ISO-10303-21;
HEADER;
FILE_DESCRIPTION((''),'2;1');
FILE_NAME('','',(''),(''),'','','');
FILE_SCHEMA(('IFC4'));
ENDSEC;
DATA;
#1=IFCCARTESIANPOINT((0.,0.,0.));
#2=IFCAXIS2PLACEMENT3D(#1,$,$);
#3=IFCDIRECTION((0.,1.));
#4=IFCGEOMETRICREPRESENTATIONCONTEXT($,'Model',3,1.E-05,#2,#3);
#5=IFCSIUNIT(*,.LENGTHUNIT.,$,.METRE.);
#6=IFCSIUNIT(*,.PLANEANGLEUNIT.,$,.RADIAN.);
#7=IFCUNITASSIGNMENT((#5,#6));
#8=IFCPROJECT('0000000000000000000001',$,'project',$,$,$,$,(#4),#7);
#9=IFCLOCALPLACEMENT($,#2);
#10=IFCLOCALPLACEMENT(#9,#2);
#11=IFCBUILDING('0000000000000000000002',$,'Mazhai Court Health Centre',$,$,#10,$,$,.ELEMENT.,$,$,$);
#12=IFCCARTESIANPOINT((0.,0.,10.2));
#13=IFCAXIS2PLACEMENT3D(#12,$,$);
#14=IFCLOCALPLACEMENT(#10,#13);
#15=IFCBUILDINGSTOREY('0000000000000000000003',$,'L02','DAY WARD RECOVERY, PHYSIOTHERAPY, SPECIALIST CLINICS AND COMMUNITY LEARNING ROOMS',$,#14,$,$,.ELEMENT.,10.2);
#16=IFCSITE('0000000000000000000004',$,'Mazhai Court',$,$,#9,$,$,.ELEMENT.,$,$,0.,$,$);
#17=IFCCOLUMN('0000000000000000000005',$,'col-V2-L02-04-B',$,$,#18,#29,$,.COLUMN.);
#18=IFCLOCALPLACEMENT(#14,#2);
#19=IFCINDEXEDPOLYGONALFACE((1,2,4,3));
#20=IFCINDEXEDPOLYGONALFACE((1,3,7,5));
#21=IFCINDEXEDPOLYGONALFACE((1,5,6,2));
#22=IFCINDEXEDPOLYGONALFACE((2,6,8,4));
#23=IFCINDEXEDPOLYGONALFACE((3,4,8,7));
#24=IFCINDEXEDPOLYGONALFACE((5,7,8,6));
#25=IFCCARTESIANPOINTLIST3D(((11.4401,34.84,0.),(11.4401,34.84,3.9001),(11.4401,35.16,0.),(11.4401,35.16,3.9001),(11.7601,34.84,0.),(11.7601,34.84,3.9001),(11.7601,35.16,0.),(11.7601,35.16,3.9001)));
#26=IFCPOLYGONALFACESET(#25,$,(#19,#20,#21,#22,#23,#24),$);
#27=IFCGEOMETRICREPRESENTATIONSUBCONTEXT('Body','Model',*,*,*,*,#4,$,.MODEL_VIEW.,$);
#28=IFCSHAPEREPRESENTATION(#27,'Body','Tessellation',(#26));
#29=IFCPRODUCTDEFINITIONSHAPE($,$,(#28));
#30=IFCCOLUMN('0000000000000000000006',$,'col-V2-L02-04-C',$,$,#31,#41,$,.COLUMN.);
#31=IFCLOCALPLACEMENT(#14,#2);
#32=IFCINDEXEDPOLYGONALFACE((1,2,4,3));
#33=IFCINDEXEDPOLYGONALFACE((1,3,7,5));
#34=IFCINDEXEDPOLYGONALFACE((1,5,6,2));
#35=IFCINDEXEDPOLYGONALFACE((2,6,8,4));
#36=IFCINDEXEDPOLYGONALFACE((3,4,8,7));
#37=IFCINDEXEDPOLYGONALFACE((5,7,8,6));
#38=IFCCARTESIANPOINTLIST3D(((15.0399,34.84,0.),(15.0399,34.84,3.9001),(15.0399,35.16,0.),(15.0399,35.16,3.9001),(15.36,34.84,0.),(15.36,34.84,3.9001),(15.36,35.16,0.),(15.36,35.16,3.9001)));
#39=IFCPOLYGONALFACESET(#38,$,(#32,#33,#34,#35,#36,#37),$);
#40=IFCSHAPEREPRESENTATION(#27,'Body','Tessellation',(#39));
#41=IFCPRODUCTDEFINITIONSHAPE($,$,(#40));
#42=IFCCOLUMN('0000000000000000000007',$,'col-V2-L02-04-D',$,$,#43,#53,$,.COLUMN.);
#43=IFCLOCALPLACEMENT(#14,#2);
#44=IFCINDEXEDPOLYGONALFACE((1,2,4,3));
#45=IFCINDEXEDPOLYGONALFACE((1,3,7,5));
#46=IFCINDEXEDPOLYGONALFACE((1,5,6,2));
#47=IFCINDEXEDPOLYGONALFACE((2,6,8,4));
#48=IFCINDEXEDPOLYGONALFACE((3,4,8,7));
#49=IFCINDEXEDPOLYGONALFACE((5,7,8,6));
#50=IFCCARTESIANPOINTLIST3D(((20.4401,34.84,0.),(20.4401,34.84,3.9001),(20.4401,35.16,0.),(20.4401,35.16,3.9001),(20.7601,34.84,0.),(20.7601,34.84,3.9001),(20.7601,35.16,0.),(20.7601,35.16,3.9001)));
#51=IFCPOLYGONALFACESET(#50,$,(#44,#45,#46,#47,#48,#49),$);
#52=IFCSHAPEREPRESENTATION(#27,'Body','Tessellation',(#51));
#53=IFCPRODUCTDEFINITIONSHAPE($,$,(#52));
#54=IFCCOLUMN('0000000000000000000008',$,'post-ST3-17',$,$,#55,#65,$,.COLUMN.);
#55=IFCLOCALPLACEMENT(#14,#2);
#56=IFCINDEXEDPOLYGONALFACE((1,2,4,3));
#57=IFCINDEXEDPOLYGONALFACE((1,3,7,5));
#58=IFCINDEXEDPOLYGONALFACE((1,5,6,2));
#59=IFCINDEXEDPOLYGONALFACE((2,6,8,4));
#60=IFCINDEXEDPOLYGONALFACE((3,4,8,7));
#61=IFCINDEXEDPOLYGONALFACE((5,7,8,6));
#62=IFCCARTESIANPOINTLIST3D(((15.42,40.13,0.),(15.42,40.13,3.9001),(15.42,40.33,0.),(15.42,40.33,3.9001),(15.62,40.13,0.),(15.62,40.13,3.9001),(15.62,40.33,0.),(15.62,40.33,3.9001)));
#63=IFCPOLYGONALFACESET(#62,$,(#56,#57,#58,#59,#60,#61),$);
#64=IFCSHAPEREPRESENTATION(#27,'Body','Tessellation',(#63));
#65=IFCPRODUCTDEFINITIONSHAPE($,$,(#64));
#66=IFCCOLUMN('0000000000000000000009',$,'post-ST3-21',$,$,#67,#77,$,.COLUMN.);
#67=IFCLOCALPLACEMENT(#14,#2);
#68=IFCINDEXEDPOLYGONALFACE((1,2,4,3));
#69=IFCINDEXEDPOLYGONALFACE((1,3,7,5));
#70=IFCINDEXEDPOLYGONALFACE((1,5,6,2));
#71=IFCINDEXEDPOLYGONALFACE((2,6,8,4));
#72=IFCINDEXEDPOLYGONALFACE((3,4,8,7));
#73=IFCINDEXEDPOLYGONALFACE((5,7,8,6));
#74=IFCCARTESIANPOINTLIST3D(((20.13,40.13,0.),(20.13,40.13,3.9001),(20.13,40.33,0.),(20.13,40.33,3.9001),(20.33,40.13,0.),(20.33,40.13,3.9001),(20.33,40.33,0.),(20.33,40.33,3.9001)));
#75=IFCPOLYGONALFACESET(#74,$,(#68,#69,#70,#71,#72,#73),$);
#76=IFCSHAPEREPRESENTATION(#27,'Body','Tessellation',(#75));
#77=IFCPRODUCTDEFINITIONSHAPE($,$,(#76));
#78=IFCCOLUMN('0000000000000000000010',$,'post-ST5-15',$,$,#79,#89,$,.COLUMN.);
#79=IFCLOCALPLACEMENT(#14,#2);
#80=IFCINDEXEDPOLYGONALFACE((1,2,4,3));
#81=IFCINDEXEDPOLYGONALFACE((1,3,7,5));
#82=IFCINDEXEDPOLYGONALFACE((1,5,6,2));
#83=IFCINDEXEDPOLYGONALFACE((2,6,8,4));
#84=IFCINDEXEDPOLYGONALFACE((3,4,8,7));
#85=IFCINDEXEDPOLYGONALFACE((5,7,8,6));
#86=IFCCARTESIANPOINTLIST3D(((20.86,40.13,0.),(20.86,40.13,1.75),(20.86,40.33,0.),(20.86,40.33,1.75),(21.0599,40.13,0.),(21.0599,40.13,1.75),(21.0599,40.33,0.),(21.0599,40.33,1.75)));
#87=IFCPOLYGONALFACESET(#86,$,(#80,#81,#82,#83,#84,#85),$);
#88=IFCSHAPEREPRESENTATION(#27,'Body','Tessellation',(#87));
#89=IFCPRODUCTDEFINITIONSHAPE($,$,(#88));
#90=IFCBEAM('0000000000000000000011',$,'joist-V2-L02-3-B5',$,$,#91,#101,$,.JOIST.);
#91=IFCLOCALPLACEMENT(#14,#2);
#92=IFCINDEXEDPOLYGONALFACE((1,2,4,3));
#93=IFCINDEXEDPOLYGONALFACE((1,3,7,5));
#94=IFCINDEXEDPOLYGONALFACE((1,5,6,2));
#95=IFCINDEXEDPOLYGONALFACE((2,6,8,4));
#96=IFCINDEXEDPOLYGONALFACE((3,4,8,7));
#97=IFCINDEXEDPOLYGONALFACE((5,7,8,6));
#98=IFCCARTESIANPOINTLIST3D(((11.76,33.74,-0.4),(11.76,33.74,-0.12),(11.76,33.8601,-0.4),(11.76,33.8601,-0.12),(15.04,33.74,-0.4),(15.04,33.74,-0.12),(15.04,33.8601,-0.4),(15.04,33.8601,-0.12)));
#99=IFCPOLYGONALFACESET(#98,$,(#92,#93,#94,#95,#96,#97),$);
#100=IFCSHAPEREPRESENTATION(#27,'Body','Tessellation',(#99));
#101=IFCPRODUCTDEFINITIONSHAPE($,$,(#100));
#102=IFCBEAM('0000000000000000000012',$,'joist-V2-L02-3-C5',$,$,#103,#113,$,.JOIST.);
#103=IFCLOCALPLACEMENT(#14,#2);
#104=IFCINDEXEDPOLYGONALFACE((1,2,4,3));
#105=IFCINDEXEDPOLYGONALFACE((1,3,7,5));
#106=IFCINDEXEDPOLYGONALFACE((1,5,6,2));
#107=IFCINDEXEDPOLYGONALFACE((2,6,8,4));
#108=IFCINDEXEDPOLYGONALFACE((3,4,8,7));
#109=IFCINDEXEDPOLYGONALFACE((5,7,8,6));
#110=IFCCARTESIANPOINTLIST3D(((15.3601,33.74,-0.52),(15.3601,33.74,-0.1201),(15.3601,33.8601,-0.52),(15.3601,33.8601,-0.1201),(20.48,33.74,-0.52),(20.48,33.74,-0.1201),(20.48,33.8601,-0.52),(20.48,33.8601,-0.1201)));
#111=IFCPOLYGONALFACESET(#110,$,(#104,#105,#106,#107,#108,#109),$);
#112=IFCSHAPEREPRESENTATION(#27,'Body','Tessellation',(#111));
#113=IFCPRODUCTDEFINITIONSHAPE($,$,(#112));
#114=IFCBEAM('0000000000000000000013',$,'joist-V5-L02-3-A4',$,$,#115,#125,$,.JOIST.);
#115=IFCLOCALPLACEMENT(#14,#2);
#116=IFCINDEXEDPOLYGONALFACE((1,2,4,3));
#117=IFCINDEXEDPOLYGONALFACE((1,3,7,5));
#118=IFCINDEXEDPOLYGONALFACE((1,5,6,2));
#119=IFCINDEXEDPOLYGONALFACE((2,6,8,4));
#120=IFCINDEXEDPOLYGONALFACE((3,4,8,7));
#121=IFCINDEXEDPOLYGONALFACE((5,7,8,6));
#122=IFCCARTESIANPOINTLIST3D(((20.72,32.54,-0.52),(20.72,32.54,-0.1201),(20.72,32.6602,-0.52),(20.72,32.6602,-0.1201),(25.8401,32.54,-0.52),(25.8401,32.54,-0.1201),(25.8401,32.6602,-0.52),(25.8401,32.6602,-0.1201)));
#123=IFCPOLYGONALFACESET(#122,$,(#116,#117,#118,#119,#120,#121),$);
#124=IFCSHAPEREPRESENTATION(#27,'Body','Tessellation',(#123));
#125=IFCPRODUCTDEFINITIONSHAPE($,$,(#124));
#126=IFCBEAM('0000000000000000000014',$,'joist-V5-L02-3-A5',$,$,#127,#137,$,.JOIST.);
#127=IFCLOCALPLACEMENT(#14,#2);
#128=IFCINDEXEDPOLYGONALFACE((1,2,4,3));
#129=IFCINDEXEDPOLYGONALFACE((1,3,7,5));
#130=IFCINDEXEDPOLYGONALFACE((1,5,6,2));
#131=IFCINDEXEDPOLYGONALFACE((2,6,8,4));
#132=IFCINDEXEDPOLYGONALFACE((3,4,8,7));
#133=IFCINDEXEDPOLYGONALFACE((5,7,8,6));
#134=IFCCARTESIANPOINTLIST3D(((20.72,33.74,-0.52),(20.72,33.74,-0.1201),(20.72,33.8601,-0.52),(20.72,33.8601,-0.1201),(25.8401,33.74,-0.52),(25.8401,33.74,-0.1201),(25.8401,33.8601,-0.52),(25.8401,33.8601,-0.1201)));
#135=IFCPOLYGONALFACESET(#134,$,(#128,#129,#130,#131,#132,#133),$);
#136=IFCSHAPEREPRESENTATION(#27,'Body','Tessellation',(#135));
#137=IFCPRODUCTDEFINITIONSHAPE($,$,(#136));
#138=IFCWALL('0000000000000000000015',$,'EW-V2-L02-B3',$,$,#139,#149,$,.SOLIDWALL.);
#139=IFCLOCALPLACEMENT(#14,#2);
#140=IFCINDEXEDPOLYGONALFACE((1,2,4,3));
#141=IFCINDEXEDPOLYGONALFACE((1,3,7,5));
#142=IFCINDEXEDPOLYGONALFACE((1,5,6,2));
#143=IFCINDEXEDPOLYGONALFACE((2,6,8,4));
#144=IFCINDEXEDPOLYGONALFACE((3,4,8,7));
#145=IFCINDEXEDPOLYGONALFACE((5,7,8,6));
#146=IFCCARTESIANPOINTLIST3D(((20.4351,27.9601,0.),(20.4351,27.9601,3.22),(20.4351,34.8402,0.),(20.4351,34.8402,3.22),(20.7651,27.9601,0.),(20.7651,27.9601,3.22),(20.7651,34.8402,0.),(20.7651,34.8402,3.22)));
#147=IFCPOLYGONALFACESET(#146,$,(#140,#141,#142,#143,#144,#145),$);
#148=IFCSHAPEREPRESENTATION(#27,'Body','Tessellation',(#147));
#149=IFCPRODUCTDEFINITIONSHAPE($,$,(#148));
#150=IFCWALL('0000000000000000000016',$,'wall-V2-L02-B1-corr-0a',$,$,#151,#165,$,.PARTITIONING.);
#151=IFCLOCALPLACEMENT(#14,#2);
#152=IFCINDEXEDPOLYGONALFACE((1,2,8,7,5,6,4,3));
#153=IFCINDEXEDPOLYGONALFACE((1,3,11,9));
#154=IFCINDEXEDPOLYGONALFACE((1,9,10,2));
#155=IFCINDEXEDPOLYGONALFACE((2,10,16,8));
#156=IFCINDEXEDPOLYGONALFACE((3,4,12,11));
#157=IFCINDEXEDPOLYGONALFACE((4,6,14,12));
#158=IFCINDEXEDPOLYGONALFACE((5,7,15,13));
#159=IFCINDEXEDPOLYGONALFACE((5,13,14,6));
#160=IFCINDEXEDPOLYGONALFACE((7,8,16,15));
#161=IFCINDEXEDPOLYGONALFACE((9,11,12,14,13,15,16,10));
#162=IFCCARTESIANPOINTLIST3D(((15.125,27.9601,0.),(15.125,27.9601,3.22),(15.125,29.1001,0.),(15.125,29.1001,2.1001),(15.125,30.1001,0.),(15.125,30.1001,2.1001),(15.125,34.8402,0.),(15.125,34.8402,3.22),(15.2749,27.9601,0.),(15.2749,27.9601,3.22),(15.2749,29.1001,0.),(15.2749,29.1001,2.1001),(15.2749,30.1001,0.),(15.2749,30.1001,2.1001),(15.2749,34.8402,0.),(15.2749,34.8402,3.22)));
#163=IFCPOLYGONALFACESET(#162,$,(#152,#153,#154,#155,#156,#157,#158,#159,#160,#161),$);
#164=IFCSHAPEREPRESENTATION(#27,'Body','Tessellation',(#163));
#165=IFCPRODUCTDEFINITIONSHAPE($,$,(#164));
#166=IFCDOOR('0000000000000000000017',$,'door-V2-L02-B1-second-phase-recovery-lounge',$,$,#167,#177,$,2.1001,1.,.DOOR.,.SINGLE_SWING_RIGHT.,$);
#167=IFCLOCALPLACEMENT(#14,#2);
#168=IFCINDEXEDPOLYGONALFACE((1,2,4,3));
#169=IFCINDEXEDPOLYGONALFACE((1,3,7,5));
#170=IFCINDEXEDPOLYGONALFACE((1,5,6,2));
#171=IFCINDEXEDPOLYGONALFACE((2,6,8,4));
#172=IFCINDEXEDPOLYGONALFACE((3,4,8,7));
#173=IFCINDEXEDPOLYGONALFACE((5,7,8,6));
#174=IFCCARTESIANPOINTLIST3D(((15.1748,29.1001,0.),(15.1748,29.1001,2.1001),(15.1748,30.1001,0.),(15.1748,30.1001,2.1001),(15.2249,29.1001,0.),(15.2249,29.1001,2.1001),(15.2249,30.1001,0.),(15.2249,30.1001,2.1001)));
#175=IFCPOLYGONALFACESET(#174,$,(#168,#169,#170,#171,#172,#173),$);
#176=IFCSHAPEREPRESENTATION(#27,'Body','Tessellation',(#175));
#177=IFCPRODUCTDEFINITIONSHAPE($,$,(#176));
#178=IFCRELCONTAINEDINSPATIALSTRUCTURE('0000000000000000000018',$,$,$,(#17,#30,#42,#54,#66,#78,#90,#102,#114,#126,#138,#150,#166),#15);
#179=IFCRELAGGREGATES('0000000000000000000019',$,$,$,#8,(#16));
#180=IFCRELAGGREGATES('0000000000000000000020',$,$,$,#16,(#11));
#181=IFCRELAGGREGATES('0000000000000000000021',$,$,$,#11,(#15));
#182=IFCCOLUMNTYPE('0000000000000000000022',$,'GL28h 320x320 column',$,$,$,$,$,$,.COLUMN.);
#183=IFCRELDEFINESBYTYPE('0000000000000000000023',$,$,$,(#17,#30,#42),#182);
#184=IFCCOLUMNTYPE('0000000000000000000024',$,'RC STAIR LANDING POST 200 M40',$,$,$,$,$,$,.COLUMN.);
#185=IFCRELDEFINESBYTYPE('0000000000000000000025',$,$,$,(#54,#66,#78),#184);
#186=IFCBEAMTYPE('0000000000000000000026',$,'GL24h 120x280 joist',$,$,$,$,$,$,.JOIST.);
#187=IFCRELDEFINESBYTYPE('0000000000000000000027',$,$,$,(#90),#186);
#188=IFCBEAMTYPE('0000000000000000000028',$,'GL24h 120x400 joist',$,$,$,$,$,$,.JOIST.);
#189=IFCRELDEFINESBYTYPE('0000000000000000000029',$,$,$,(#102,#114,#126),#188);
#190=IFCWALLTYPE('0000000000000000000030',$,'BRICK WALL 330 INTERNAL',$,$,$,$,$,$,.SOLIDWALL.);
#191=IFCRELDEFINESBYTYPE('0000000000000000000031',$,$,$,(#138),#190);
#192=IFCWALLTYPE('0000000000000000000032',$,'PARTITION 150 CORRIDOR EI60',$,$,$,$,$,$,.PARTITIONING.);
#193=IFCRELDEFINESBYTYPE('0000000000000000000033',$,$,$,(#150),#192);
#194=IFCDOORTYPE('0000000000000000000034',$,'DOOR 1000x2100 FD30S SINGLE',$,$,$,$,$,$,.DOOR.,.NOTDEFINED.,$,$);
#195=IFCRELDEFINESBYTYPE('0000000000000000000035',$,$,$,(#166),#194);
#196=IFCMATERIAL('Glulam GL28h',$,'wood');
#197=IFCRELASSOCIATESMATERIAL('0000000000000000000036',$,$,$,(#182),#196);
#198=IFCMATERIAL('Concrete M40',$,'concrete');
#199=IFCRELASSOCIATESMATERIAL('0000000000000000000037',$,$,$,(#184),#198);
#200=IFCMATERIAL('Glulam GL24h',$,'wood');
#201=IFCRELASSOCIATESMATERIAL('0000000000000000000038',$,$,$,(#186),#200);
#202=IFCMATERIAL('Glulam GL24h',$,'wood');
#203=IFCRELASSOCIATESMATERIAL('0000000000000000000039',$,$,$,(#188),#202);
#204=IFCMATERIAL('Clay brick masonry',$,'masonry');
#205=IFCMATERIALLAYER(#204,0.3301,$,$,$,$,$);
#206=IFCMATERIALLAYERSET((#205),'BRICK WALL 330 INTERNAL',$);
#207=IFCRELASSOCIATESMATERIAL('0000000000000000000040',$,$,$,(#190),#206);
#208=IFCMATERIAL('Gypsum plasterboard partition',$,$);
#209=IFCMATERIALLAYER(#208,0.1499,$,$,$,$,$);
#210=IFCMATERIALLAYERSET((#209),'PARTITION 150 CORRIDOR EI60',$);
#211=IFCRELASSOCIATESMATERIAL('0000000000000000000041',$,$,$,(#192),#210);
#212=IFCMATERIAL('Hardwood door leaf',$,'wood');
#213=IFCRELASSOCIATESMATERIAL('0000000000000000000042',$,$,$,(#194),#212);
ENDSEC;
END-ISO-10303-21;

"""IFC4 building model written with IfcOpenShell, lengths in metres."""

from ifc_helpers import new_model, si_unit, direction, frame, frame_2d, origin, origin_2d, place, context, subcontext, project, spatial, rectangle, extrude, material, layer, layer_set, material_profile, profile_set, type_object, element, fill, save


model = new_model("IFC4")

# Units and contexts
model_context = context("Model", 3, precision=1e-05, world=origin(), true_north=direction((0.0, 1.0)))
body_context = subcontext(model_context, "Body", "Model", "MODEL_VIEW")
ifc_project = project(units=[si_unit("LENGTHUNIT", "METRE"), si_unit("PLANEANGLEUNIT", "RADIAN")], contexts=[model_context])

# Site, building, storey
site_placement = place(None, origin())
site = spatial("IfcSite", under=ifc_project, at=site_placement, Name="Mazhai Court", CompositionType="ELEMENT", RefElevation=0.0)
building_placement = place(site_placement, origin())
building = spatial("IfcBuilding", under=site, at=building_placement, Name="Mazhai Court Health Centre", CompositionType="ELEMENT")
storey_placement = place(building_placement, frame((0.0, 0.0, 10.2)))
storey = spatial("IfcBuildingStorey", under=building, at=storey_placement, Name="L02", Description="DAY WARD RECOVERY, PHYSIOTHERAPY, SPECIALIST CLINICS AND COMMUNITY LEARNING ROOMS", CompositionType="ELEMENT", Elevation=10.2)

# Columns
ifc_material_1 = material(Name="Glulam GL28h", Category="wood")
ifc_material_profile_1 = material_profile(ifc_material_1, rectangle(XDim=0.3201, YDim=0.3201, at=origin_2d()), Name="GL28h 320x320")
ifc_profile_set_1 = profile_set([ifc_material_profile_1], Name="Glulam GL28h")
column_type_1 = type_object("IfcColumnType", Name="GL28h 320x320 column", PredefinedType="COLUMN", material=ifc_profile_set_1)
for number, where, z_axis, x_axis, name in (
    (1, (11.6001, 35.0, 0.0), (0.0, 0.0, 1.0), (1.0, 0.0, 0.0), "col-V2-L02-04-B"),
    (2, (15.2, 35.0, 0.0), (0.0, 0.0, 1.0), (1.0, 0.0, 0.0), "col-V2-L02-04-C"),
    (3, (20.6001, 35.0, 0.0), (0.0, 0.0, 1.0), (1.0, 0.0, 0.0), "col-V2-L02-04-D"),
):
    element("IfcColumn", number, at=place(storey_placement, frame(where, z_axis=z_axis, x_axis=x_axis)), inside=storey, type_object=column_type_1, Name=name, PredefinedType="COLUMN", context=body_context, shape_type="SweptSolid", body=[
        extrude(rectangle(XDim=0.3201, YDim=0.3201, at=origin_2d()), origin(), (0.0, 0.0, 1.0), 3.9001),
    ])
ifc_material_2 = material(Name="Concrete M40", Category="concrete")
ifc_material_profile_2 = material_profile(ifc_material_2, rectangle(XDim=0.2, YDim=0.2, at=origin_2d()), Name="RC 200x200")
ifc_profile_set_2 = profile_set([ifc_material_profile_2], Name="Concrete M40")
column_type_2 = type_object("IfcColumnType", Name="RC STAIR LANDING POST 200 M40", PredefinedType="COLUMN", material=ifc_profile_set_2)
for number, where, z_axis, x_axis, name in (
    (4, (15.52, 40.23, 0.0), (0.0, 0.0, 1.0), (1.0, 0.0, 0.0), "post-ST3-17"),
    (5, (20.23, 40.23, 0.0), (0.0, 0.0, 1.0), (1.0, 0.0, 0.0), "post-ST3-21"),
):
    element("IfcColumn", number, at=place(storey_placement, frame(where, z_axis=z_axis, x_axis=x_axis)), inside=storey, type_object=column_type_2, Name=name, PredefinedType="COLUMN", context=body_context, shape_type="SweptSolid", body=[
        extrude(rectangle(XDim=0.2, YDim=0.2, at=origin_2d()), origin(), (0.0, 0.0, 1.0), 3.9001),
    ])
column_placement = place(storey_placement, frame((20.96, 40.23, 0.0), z_axis=(0.0, 0.0, 1.0), x_axis=(1.0, 0.0, 0.0)))
element("IfcColumn", 6, at=column_placement, inside=storey, type_object=column_type_2, Name="post-ST5-15", PredefinedType="COLUMN", context=body_context, shape_type="SweptSolid", body=[
    extrude(rectangle(XDim=0.2, YDim=0.2, at=origin_2d()), origin(), (0.0, 0.0, 1.0), 1.75),
])

# Beams
ifc_material_3 = material(Name="Glulam GL24h", Category="wood")
ifc_material_profile_3 = material_profile(ifc_material_3, rectangle(XDim=0.1201, YDim=0.28, at=origin_2d()), Name="GL24h 120x280")
ifc_profile_set_3 = profile_set([ifc_material_profile_3], Name="Glulam GL24h")
beam_type_1 = type_object("IfcBeamType", Name="GL24h 120x280 joist", PredefinedType="JOIST", material=ifc_profile_set_3)
beam_1_placement = place(storey_placement, frame((11.76, 33.8, -0.26), z_axis=(1.0, 0.0, 0.0), x_axis=(0.0, 1.0, 0.0)))
element("IfcBeam", 7, at=beam_1_placement, inside=storey, type_object=beam_type_1, Name="joist-V2-L02-3-B5", PredefinedType="JOIST", context=body_context, shape_type="SweptSolid", body=[
    extrude(rectangle(XDim=0.1201, YDim=0.28, at=origin_2d()), origin(), (0.0, 0.0, 1.0), 3.28),
])
ifc_material_4 = material(Name="Glulam GL24h", Category="wood")
ifc_material_profile_4 = material_profile(ifc_material_4, rectangle(XDim=0.1201, YDim=0.3999, at=origin_2d()), Name="GL24h 120x400")
ifc_profile_set_4 = profile_set([ifc_material_profile_4], Name="Glulam GL24h")
beam_type_2 = type_object("IfcBeamType", Name="GL24h 120x400 joist", PredefinedType="JOIST", material=ifc_profile_set_4)
beam_2_placement = place(storey_placement, frame((15.3601, 33.8, -0.3201), z_axis=(1.0, 0.0, 0.0), x_axis=(0.0, 1.0, 0.0)))
element("IfcBeam", 8, at=beam_2_placement, inside=storey, type_object=beam_type_2, Name="joist-V2-L02-3-C5", PredefinedType="JOIST", context=body_context, shape_type="SweptSolid", body=[
    extrude(rectangle(XDim=0.1201, YDim=0.3999, at=origin_2d()), origin(), (0.0, 0.0, 1.0), 5.1199),
])
for number, where, z_axis, x_axis, name in (
    (9, (20.72, 32.6001, -0.3201), (1.0, 0.0, 0.0), (0.0, 1.0, 0.0), "joist-V5-L02-3-A4"),
    (10, (20.72, 33.8, -0.3201), (1.0, 0.0, 0.0), (0.0, 1.0, 0.0), "joist-V5-L02-3-A5"),
):
    element("IfcBeam", number, at=place(storey_placement, frame(where, z_axis=z_axis, x_axis=x_axis)), inside=storey, type_object=beam_type_2, Name=name, PredefinedType="JOIST", context=body_context, shape_type="SweptSolid", body=[
        extrude(rectangle(XDim=0.1201, YDim=0.3999, at=origin_2d()), origin(), (0.0, 0.0, 1.0), 5.1201),
    ])

# Wall
ifc_material_5 = material(Name="Clay brick masonry", Category="masonry")
ifc_layer_1 = layer(ifc_material_5, 0.3301)
ifc_layer_set_1 = layer_set([ifc_layer_1], Name="BRICK WALL 330 INTERNAL")
wall_type_1 = type_object("IfcWallType", Name="BRICK WALL 330 INTERNAL", PredefinedType="SOLIDWALL", material=ifc_layer_set_1)
wall_1_placement = place(storey_placement, frame((20.6001, 34.8401, 0.0), z_axis=(0.0, 0.0, 1.0), x_axis=(0.0, -1.0, 0.0)))
element("IfcWall", 11, at=wall_1_placement, inside=storey, type_object=wall_type_1, Name="EW-V2-L02-B3", PredefinedType="SOLIDWALL", context=body_context, shape_type="SweptSolid", body=[
    extrude(rectangle(XDim=6.8801, YDim=0.3301, at=frame_2d((3.4399, 0.0))), origin(), (0.0, 0.0, 1.0), 3.22),
])

# Wall, opening, door
ifc_material_6 = material(Name="Gypsum plasterboard partition")
ifc_layer_2 = layer(ifc_material_6, 0.1499)
ifc_layer_set_2 = layer_set([ifc_layer_2], Name="PARTITION 150 CORRIDOR EI60")
wall_type_2 = type_object("IfcWallType", Name="PARTITION 150 CORRIDOR EI60", PredefinedType="PARTITIONING", material=ifc_layer_set_2)
wall_2_placement = place(storey_placement, frame((15.2, 34.8401, 0.0), z_axis=(0.0, 0.0, 1.0), x_axis=(0.0, -1.0, 0.0)))
wall_2 = element("IfcWall", 12, at=wall_2_placement, inside=storey, type_object=wall_type_2, Name="wall-V2-L02-B1-corr-0a", PredefinedType="PARTITIONING", context=body_context, shape_type="SweptSolid", body=[
    extrude(rectangle(XDim=6.8801, YDim=0.1499, at=frame_2d((3.4399, 0.0))), origin(), (0.0, 0.0, 1.0), 3.22),
])
opening_1_placement = place(wall_2_placement, frame((4.74, 0.0, 0.0)))
opening_1 = element("IfcOpeningElement", 13, at=opening_1_placement, cuts=wall_2, PredefinedType="OPENING", context=body_context, shape_type="SweptSolid", body=[
    extrude(rectangle(XDim=1.0, YDim=2.1001, at=frame_2d((0.5, 1.05))), frame((0.0, 0.085, 0.0), z_axis=(0.0, -1.0, 0.0), x_axis=(1.0, 0.0, 0.0)), (0.0, 0.0, 1.0), 0.1699),
])
ifc_material_7 = material(Name="Hardwood door leaf", Category="wood")
door_type_1 = type_object("IfcDoorType", Name="DOOR 1000x2100 FD30S SINGLE", OperationType="NOTDEFINED", PredefinedType="DOOR", material=ifc_material_7)
door_1_placement = place(opening_1_placement, origin())
door_1 = element("IfcDoor", 14, at=door_1_placement, inside=storey, type_object=door_type_1, Name="door-V2-L02-B1-second-phase-recovery-lounge", OperationType="SINGLE_SWING_RIGHT", OverallHeight=2.1001, OverallWidth=1.0, PredefinedType="DOOR", context=body_context, shape_type="SweptSolid", body=[
    extrude(rectangle(XDim=1.0, YDim=2.1001, at=frame_2d((0.5, 1.05))), frame((0.0, 0.0249, 0.0), z_axis=(0.0, -1.0, 0.0), x_axis=(1.0, 0.0, 0.0)), (0.0, 0.0, 1.0), 0.05),
])
fill(opening_1, door_1)

save(model, "model.ifc")
